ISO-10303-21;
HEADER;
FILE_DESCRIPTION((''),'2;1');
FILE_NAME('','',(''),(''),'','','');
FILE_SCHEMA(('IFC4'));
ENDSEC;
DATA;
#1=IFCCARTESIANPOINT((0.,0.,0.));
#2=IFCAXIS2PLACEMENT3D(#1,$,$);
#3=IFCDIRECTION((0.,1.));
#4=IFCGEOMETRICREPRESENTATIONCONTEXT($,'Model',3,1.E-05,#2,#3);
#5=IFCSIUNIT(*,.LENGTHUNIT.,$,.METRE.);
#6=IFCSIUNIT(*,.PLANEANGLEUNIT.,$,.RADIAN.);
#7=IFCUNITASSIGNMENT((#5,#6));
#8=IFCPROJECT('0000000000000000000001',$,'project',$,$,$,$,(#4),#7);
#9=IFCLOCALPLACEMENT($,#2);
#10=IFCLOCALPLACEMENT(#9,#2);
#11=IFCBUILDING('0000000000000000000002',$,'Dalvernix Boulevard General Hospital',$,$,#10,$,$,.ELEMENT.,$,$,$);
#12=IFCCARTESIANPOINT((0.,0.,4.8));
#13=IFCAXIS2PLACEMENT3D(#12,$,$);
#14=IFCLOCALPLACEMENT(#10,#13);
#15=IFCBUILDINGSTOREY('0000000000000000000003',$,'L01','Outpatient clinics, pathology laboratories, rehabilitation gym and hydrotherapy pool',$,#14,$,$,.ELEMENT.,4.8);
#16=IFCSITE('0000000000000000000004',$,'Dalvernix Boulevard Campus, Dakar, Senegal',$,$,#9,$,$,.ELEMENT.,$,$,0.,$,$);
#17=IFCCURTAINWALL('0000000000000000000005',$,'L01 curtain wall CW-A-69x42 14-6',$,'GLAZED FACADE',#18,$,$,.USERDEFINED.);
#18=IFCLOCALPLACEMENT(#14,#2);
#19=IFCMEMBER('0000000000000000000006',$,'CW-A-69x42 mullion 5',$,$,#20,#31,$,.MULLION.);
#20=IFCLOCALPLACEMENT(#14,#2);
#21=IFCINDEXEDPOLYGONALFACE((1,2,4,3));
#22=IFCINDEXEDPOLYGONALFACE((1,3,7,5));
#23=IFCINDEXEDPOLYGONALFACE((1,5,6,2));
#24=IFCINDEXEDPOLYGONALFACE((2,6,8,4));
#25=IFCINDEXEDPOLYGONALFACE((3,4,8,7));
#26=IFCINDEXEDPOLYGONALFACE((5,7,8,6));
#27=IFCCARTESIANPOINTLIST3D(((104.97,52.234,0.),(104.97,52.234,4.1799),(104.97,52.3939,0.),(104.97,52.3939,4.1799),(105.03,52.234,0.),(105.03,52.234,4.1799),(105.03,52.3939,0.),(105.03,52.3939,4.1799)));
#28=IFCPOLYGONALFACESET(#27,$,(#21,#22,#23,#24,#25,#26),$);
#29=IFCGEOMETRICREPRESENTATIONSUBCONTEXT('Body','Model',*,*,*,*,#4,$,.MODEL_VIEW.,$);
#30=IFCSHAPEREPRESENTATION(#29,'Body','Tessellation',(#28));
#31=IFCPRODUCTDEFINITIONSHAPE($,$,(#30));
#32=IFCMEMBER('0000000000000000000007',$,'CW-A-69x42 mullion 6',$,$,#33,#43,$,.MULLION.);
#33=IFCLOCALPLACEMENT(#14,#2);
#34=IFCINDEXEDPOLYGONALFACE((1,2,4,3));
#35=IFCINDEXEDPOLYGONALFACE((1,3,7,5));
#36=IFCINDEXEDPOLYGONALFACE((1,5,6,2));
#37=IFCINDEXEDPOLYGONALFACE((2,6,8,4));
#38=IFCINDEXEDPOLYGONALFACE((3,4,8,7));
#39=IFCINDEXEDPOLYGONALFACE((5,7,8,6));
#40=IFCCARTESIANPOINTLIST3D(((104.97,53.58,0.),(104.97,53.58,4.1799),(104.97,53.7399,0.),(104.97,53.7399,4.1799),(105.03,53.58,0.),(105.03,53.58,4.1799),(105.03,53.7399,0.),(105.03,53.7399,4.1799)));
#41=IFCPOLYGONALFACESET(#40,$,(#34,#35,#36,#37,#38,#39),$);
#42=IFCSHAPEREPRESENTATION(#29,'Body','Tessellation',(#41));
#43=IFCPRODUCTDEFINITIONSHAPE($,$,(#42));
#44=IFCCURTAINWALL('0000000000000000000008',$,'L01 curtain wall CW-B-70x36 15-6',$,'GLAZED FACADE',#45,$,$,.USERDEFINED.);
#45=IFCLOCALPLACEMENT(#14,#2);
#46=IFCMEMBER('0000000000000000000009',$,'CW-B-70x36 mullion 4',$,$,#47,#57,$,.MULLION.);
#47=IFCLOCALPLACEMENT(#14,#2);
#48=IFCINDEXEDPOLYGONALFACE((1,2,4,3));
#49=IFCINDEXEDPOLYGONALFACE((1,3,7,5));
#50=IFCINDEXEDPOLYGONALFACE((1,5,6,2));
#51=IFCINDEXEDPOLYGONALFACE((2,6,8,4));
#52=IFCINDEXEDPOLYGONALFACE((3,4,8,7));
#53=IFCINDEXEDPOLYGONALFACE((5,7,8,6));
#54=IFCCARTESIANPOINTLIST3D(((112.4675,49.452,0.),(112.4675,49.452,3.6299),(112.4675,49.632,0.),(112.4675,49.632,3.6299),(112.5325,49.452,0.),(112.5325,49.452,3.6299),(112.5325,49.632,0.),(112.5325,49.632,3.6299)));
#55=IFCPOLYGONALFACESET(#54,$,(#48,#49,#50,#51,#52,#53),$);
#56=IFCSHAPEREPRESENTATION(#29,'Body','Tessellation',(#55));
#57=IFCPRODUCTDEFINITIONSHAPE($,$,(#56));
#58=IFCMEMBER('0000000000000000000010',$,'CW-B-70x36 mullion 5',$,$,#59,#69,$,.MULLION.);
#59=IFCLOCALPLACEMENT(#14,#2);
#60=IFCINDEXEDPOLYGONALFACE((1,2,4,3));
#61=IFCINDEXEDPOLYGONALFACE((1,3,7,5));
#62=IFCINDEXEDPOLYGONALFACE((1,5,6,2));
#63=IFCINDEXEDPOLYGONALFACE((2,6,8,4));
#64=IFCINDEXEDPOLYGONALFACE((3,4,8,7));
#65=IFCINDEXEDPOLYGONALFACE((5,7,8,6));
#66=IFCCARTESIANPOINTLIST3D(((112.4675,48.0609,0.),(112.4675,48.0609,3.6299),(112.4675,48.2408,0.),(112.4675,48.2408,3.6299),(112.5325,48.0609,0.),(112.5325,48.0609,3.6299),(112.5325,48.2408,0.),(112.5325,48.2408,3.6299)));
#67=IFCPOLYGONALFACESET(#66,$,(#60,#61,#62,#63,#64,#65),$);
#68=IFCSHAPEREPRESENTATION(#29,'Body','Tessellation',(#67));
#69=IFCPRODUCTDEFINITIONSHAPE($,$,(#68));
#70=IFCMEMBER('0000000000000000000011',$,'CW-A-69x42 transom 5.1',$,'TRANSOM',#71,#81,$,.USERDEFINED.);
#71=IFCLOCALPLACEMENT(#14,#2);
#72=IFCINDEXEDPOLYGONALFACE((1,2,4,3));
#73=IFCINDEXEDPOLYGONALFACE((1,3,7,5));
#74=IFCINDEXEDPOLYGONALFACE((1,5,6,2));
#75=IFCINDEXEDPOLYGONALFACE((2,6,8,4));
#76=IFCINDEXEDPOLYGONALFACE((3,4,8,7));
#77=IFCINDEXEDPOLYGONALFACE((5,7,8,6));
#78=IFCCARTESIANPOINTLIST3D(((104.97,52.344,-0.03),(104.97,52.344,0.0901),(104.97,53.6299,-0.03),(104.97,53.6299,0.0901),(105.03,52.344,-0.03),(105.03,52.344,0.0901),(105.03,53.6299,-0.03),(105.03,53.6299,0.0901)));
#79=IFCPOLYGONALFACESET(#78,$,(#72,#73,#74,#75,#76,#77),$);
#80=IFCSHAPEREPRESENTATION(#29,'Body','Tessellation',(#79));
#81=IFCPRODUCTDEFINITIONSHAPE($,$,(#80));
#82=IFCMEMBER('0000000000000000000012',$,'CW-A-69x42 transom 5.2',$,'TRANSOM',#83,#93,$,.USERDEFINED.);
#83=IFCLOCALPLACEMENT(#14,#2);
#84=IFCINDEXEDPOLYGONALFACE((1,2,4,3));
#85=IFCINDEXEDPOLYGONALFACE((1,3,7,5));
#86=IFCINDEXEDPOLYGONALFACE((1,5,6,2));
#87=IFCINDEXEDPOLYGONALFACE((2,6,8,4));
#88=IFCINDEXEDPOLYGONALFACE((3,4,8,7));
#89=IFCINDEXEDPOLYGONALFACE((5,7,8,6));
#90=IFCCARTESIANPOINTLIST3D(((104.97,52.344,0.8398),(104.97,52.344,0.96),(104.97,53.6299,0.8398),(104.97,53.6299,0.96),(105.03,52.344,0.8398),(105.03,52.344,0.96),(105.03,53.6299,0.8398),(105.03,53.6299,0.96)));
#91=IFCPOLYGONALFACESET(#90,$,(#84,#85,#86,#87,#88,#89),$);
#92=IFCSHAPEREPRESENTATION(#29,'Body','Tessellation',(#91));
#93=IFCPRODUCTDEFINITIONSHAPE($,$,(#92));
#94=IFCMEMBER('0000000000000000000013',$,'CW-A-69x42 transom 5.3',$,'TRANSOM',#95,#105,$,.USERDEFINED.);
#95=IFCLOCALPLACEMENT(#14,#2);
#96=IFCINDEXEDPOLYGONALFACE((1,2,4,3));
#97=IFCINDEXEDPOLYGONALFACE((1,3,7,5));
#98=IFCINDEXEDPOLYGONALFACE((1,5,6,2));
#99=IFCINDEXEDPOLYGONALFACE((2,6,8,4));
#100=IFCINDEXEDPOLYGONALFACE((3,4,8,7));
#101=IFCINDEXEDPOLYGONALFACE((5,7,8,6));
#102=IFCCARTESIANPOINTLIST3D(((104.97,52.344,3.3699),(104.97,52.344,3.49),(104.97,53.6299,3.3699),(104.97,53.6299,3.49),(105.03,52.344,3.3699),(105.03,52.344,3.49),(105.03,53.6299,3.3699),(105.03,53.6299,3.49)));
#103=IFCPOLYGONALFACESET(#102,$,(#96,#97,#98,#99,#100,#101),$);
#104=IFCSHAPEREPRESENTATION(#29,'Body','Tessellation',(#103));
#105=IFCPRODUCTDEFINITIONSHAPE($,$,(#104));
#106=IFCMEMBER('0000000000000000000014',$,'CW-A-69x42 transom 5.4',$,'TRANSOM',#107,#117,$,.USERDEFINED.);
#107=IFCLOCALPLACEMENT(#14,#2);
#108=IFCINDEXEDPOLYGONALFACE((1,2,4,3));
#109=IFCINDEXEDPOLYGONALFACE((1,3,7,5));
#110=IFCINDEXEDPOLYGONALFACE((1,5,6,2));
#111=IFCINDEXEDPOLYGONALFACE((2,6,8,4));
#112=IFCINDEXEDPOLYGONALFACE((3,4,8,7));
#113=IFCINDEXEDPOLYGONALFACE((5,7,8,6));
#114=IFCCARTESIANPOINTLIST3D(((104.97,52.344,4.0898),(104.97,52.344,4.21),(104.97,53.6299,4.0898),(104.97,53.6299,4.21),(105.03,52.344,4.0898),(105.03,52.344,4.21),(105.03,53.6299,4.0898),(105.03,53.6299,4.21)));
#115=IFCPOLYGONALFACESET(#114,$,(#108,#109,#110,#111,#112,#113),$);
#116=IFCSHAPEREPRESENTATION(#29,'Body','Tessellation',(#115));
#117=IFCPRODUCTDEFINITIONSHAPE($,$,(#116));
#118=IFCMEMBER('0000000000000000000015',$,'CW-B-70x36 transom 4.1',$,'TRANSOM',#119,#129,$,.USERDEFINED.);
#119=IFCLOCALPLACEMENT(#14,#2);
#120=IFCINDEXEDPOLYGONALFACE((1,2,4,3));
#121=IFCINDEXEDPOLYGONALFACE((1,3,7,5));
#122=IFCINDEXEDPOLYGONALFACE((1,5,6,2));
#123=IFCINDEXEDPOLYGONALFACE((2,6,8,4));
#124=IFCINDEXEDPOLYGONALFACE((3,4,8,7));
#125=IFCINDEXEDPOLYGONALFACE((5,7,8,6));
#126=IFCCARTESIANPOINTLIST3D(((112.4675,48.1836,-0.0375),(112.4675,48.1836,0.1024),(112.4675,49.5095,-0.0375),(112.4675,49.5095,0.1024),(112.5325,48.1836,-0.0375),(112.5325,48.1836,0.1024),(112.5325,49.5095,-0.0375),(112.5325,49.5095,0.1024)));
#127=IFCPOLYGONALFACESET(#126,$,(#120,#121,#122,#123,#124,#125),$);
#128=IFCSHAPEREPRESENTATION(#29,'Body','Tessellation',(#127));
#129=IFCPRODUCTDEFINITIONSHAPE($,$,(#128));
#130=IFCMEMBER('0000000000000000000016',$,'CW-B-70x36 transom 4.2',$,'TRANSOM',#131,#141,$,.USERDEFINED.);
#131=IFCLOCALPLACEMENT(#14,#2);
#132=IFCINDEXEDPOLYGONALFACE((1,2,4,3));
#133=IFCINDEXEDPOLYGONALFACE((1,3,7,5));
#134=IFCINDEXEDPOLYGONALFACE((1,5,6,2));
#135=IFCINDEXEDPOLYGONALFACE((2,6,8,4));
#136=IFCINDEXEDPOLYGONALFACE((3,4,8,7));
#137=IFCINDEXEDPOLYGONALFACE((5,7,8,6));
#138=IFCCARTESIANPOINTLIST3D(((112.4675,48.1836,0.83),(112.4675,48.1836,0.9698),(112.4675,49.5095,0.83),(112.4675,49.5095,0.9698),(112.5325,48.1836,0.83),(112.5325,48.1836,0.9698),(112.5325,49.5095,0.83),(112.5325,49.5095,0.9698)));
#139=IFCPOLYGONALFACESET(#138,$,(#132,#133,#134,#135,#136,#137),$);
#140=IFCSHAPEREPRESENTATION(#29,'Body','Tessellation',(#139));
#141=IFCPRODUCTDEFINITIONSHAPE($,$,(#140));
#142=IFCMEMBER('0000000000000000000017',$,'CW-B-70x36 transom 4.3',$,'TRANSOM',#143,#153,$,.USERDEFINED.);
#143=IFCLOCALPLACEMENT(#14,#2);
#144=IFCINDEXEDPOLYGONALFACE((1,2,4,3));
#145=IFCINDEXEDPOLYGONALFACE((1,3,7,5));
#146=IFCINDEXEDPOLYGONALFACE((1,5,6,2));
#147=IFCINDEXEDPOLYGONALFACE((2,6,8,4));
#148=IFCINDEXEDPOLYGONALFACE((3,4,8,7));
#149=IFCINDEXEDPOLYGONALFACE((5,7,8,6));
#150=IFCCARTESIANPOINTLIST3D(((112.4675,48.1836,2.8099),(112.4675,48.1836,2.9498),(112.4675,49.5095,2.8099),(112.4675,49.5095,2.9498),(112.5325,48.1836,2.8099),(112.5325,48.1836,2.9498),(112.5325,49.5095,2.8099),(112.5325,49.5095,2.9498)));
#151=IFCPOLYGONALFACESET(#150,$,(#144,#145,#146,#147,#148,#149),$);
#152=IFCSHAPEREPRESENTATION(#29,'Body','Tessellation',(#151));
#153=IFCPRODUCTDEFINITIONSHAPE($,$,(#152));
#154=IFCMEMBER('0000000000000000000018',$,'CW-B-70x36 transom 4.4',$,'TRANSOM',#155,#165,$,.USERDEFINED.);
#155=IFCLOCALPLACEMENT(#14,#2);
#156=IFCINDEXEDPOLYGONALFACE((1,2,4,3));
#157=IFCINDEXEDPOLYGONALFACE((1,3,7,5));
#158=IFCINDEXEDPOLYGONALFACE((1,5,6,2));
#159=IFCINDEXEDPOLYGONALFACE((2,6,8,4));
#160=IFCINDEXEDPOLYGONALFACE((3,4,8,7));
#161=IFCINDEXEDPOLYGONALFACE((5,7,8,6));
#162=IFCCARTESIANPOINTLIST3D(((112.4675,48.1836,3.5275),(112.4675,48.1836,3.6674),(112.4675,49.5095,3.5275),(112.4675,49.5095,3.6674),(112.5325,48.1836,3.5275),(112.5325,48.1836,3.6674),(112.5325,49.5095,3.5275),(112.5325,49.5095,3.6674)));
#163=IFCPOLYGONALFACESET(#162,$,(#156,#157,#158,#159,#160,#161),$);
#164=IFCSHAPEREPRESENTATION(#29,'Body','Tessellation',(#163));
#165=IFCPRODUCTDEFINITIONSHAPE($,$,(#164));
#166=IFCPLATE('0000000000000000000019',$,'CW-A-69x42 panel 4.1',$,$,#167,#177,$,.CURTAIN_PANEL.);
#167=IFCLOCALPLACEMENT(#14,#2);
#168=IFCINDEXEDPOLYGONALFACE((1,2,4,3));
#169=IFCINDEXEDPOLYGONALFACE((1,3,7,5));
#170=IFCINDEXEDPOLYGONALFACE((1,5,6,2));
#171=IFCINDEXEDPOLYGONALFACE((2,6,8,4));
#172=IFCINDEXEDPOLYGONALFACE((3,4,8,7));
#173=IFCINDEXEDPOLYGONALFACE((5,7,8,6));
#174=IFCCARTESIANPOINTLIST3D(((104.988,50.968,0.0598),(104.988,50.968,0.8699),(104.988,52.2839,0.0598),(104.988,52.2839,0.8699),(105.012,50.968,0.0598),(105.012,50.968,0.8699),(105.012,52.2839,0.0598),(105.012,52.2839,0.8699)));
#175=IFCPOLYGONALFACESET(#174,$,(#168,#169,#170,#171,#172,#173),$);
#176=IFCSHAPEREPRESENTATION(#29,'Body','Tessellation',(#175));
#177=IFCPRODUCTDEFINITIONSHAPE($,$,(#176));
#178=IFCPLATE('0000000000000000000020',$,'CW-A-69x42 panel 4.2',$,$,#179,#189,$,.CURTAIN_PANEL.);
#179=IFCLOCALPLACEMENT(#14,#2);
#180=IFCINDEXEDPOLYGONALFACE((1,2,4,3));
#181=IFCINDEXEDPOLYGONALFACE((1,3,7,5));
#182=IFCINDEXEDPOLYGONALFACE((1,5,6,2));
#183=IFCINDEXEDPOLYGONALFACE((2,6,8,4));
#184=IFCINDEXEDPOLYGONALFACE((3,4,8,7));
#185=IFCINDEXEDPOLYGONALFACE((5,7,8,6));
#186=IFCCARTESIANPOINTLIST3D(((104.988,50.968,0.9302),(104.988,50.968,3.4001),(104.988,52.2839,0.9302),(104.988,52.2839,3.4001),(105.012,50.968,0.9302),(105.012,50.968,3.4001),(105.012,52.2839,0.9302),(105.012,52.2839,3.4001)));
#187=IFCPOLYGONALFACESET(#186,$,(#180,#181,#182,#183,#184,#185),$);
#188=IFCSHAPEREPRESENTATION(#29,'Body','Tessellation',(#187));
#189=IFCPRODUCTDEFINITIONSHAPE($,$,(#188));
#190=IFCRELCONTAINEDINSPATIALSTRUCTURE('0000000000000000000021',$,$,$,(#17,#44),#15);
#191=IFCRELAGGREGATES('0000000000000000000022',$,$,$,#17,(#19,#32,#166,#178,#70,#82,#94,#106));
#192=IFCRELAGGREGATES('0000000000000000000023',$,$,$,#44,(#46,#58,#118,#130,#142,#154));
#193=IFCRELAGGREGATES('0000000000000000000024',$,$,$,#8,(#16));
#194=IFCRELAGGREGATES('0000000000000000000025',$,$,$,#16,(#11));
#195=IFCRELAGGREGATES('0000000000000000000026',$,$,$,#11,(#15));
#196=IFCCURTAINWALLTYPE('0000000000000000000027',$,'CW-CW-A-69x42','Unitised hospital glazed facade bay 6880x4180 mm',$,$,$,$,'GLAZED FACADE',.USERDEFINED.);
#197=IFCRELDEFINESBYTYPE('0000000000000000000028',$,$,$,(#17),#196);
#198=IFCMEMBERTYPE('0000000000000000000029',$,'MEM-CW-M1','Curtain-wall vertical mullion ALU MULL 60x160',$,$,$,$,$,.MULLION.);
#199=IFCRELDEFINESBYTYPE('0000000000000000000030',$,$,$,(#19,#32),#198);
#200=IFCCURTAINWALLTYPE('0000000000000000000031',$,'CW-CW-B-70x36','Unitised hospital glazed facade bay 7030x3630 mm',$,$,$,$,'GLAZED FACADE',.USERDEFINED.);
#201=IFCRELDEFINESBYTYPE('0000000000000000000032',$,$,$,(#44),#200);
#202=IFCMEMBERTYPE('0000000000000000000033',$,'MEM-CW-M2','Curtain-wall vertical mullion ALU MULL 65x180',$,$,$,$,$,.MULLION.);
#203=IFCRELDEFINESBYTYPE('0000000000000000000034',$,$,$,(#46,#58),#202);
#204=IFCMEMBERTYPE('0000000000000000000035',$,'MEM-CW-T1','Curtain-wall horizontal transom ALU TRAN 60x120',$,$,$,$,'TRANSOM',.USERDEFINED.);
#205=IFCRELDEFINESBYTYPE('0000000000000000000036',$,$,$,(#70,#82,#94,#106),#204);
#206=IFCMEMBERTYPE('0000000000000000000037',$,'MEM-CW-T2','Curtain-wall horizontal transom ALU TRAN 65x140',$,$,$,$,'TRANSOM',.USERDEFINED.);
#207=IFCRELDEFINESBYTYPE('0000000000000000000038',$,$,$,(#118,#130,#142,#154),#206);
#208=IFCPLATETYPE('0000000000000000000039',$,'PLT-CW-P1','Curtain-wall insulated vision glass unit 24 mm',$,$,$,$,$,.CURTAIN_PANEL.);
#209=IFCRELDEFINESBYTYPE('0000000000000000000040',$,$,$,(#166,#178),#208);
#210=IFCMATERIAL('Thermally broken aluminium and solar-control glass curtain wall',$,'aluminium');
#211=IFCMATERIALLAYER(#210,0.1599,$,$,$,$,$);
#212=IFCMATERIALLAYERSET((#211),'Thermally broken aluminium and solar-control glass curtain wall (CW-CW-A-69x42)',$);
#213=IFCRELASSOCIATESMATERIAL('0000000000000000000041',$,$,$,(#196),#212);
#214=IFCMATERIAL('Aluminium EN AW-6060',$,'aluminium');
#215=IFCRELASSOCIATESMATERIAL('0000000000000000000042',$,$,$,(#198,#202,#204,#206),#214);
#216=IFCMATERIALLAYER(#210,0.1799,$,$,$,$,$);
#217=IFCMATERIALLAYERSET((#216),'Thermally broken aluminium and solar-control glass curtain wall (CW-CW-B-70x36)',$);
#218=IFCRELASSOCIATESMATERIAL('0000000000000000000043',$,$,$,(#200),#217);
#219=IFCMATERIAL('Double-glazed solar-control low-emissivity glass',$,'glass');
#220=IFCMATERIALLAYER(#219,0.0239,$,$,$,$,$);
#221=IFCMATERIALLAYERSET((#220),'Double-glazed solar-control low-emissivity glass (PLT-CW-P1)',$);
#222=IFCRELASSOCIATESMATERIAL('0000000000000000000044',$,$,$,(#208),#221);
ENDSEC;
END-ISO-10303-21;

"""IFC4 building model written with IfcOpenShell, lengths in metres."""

from ifc_helpers import new_model, si_unit, direction, frame, origin, origin_2d, place, context, subcontext, project, spatial, rectangle, extrude, material, layer, layer_set, material_profile, profile_set, type_object, element, aggregate, save


model = new_model("IFC4")

# Units and contexts
model_context = context("Model", 3, precision=1e-05, world=origin(), true_north=direction((0.0, 1.0)))
body_context = subcontext(model_context, "Body", "Model", "MODEL_VIEW")
ifc_project = project(units=[si_unit("LENGTHUNIT", "METRE"), si_unit("PLANEANGLEUNIT", "RADIAN")], contexts=[model_context])

# Site, building, storey
site_placement = place(None, origin())
site = spatial("IfcSite", under=ifc_project, at=site_placement, Name="Dalvernix Boulevard Campus, Dakar, Senegal", CompositionType="ELEMENT", RefElevation=0.0)
building_placement = place(site_placement, origin())
building = spatial("IfcBuilding", under=site, at=building_placement, Name="Dalvernix Boulevard General Hospital", CompositionType="ELEMENT")
storey_placement = place(building_placement, frame((0.0, 0.0, 4.8)))
storey = spatial("IfcBuildingStorey", under=building, at=storey_placement, Name="L01", Description="Outpatient clinics, pathology laboratories, rehabilitation gym and hydrotherapy pool", CompositionType="ELEMENT", Elevation=4.8)

# Curtain walls, members
ifc_material_1 = material(Name="Thermally broken aluminium and solar-control glass curtain wall", Category="aluminium")
ifc_layer_1 = layer(ifc_material_1, 0.1599)
ifc_layer_set_1 = layer_set([ifc_layer_1], Name="Thermally broken aluminium and solar-control glass curtain wall (CW-CW-A-69x42)")
curtain_wall_type_1 = type_object("IfcCurtainWallType", Name="CW-CW-A-69x42", Description="Unitised hospital glazed facade bay 6880x4180 mm", ElementType="GLAZED FACADE", PredefinedType="USERDEFINED", material=ifc_layer_set_1)
curtain_wall_1_placement = place(storey_placement, origin())
curtain_wall_1 = element("IfcCurtainWall", 1, at=curtain_wall_1_placement, inside=storey, type_object=curtain_wall_type_1, Name="L01 curtain wall CW-A-69x42 14-6", ObjectType="GLAZED FACADE", PredefinedType="USERDEFINED")
ifc_material_2 = material(Name="Aluminium EN AW-6060", Category="aluminium")
ifc_material_profile_1 = material_profile(ifc_material_2, rectangle(XDim=0.0601, YDim=0.1599, at=origin_2d()), Name="ALU MULL 60x160")
ifc_profile_set_1 = profile_set([ifc_material_profile_1], Name="Aluminium EN AW-6060")
member_type_1 = type_object("IfcMemberType", Name="MEM-CW-M1", Description="Curtain-wall vertical mullion ALU MULL 60x160", PredefinedType="MULLION", material=ifc_profile_set_1)
member_1_placement = place(storey_placement, frame((105.0, 52.314, 0.0), z_axis=(0.0, 0.0, 1.0), x_axis=(-1.0, 0.0, 0.0)))
member_1 = element("IfcMember", 2, at=member_1_placement, type_object=member_type_1, Name="CW-A-69x42 mullion 5", PredefinedType="MULLION", context=body_context, shape_type="SweptSolid", body=[
    extrude(rectangle(XDim=0.0601, YDim=0.1599, at=origin_2d()), origin(), (0.0, 0.0, 1.0), 4.1799),
])
member_2_placement = place(storey_placement, frame((105.0, 53.6599, 0.0), z_axis=(0.0, 0.0, 1.0), x_axis=(-1.0, 0.0, 0.0)))
member_2 = element("IfcMember", 3, at=member_2_placement, type_object=member_type_1, Name="CW-A-69x42 mullion 6", PredefinedType="MULLION", context=body_context, shape_type="SweptSolid", body=[
    extrude(rectangle(XDim=0.0601, YDim=0.1599, at=origin_2d()), origin(), (0.0, 0.0, 1.0), 4.1799),
])
ifc_layer_2 = layer(ifc_material_1, 0.1799)
ifc_layer_set_2 = layer_set([ifc_layer_2], Name="Thermally broken aluminium and solar-control glass curtain wall (CW-CW-B-70x36)")
curtain_wall_type_2 = type_object("IfcCurtainWallType", Name="CW-CW-B-70x36", Description="Unitised hospital glazed facade bay 7030x3630 mm", ElementType="GLAZED FACADE", PredefinedType="USERDEFINED", material=ifc_layer_set_2)
curtain_wall_2_placement = place(storey_placement, origin())
curtain_wall_2 = element("IfcCurtainWall", 4, at=curtain_wall_2_placement, inside=storey, type_object=curtain_wall_type_2, Name="L01 curtain wall CW-B-70x36 15-6", ObjectType="GLAZED FACADE", PredefinedType="USERDEFINED")
ifc_material_profile_2 = material_profile(ifc_material_2, rectangle(XDim=0.0649, YDim=0.1799, at=origin_2d()), Name="ALU MULL 65x180")
ifc_profile_set_2 = profile_set([ifc_material_profile_2], Name="Aluminium EN AW-6060")
member_type_2 = type_object("IfcMemberType", Name="MEM-CW-M2", Description="Curtain-wall vertical mullion ALU MULL 65x180", PredefinedType="MULLION", material=ifc_profile_set_2)
member_3_placement = place(storey_placement, frame((112.5, 49.542, 0.0), z_axis=(0.0, 0.0, 1.0), x_axis=(1.0, 0.0, 0.0)))
member_3 = element("IfcMember", 5, at=member_3_placement, type_object=member_type_2, Name="CW-B-70x36 mullion 4", PredefinedType="MULLION", context=body_context, shape_type="SweptSolid", body=[
    extrude(rectangle(XDim=0.0649, YDim=0.1799, at=origin_2d()), origin(), (0.0, 0.0, 1.0), 3.6299),
])
member_4_placement = place(storey_placement, frame((112.5, 48.1509, 0.0), z_axis=(0.0, 0.0, 1.0), x_axis=(1.0, 0.0, 0.0)))
member_4 = element("IfcMember", 6, at=member_4_placement, type_object=member_type_2, Name="CW-B-70x36 mullion 5", PredefinedType="MULLION", context=body_context, shape_type="SweptSolid", body=[
    extrude(rectangle(XDim=0.0649, YDim=0.1799, at=origin_2d()), origin(), (0.0, 0.0, 1.0), 3.6299),
])

# Members
ifc_material_profile_3 = material_profile(ifc_material_2, rectangle(XDim=0.0601, YDim=0.1201, at=origin_2d()), Name="ALU TRAN 60x120")
ifc_profile_set_3 = profile_set([ifc_material_profile_3], Name="Aluminium EN AW-6060")
member_type_3 = type_object("IfcMemberType", Name="MEM-CW-T1", Description="Curtain-wall horizontal transom ALU TRAN 60x120", ElementType="TRANSOM", PredefinedType="USERDEFINED", material=ifc_profile_set_3)
member_5_placement = place(storey_placement, frame((105.0, 52.344, 0.03), z_axis=(0.0, 1.0, 0.0), x_axis=(-1.0, 0.0, 0.0)))
member_5 = element("IfcMember", 7, at=member_5_placement, type_object=member_type_3, Name="CW-A-69x42 transom 5.1", ObjectType="TRANSOM", PredefinedType="USERDEFINED", context=body_context, shape_type="SweptSolid", body=[
    extrude(rectangle(XDim=0.0601, YDim=0.1201, at=origin_2d()), origin(), (0.0, 0.0, 1.0), 1.2859),
])
member_6_placement = place(storey_placement, frame((105.0, 52.344, 0.8999), z_axis=(0.0, 1.0, 0.0), x_axis=(-1.0, 0.0, 0.0)))
member_6 = element("IfcMember", 8, at=member_6_placement, type_object=member_type_3, Name="CW-A-69x42 transom 5.2", ObjectType="TRANSOM", PredefinedType="USERDEFINED", context=body_context, shape_type="SweptSolid", body=[
    extrude(rectangle(XDim=0.0601, YDim=0.1201, at=origin_2d()), origin(), (0.0, 0.0, 1.0), 1.2859),
])
member_7_placement = place(storey_placement, frame((105.0, 52.344, 3.4299), z_axis=(0.0, 1.0, 0.0), x_axis=(-1.0, 0.0, 0.0)))
member_7 = element("IfcMember", 9, at=member_7_placement, type_object=member_type_3, Name="CW-A-69x42 transom 5.3", ObjectType="TRANSOM", PredefinedType="USERDEFINED", context=body_context, shape_type="SweptSolid", body=[
    extrude(rectangle(XDim=0.0601, YDim=0.1201, at=origin_2d()), origin(), (0.0, 0.0, 1.0), 1.2859),
])
member_8_placement = place(storey_placement, frame((105.0, 52.344, 4.1499), z_axis=(0.0, 1.0, 0.0), x_axis=(-1.0, 0.0, 0.0)))
member_8 = element("IfcMember", 10, at=member_8_placement, type_object=member_type_3, Name="CW-A-69x42 transom 5.4", ObjectType="TRANSOM", PredefinedType="USERDEFINED", context=body_context, shape_type="SweptSolid", body=[
    extrude(rectangle(XDim=0.0601, YDim=0.1201, at=origin_2d()), origin(), (0.0, 0.0, 1.0), 1.2859),
])
ifc_material_profile_4 = material_profile(ifc_material_2, rectangle(XDim=0.0649, YDim=0.1399, at=origin_2d()), Name="ALU TRAN 65x140")
ifc_profile_set_4 = profile_set([ifc_material_profile_4], Name="Aluminium EN AW-6060")
member_type_4 = type_object("IfcMemberType", Name="MEM-CW-T2", Description="Curtain-wall horizontal transom ALU TRAN 65x140", ElementType="TRANSOM", PredefinedType="USERDEFINED", material=ifc_profile_set_4)
member_9_placement = place(storey_placement, frame((112.5, 49.5095, 0.0325), z_axis=(0.0, -1.0, 0.0), x_axis=(1.0, 0.0, 0.0)))
member_9 = element("IfcMember", 11, at=member_9_placement, type_object=member_type_4, Name="CW-B-70x36 transom 4.1", ObjectType="TRANSOM", PredefinedType="USERDEFINED", context=body_context, shape_type="SweptSolid", body=[
    extrude(rectangle(XDim=0.0649, YDim=0.1399, at=origin_2d()), origin(), (0.0, 0.0, 1.0), 1.3259),
])
member_10_placement = place(storey_placement, frame((112.5, 49.5095, 0.8999), z_axis=(0.0, -1.0, 0.0), x_axis=(1.0, 0.0, 0.0)))
member_10 = element("IfcMember", 12, at=member_10_placement, type_object=member_type_4, Name="CW-B-70x36 transom 4.2", ObjectType="TRANSOM", PredefinedType="USERDEFINED", context=body_context, shape_type="SweptSolid", body=[
    extrude(rectangle(XDim=0.0649, YDim=0.1399, at=origin_2d()), origin(), (0.0, 0.0, 1.0), 1.3259),
])
member_11_placement = place(storey_placement, frame((112.5, 49.5095, 2.8799), z_axis=(0.0, -1.0, 0.0), x_axis=(1.0, 0.0, 0.0)))
member_11 = element("IfcMember", 13, at=member_11_placement, type_object=member_type_4, Name="CW-B-70x36 transom 4.3", ObjectType="TRANSOM", PredefinedType="USERDEFINED", context=body_context, shape_type="SweptSolid", body=[
    extrude(rectangle(XDim=0.0649, YDim=0.1399, at=origin_2d()), origin(), (0.0, 0.0, 1.0), 1.3259),
])
member_12_placement = place(storey_placement, frame((112.5, 49.5095, 3.5974), z_axis=(0.0, -1.0, 0.0), x_axis=(1.0, 0.0, 0.0)))
member_12 = element("IfcMember", 14, at=member_12_placement, type_object=member_type_4, Name="CW-B-70x36 transom 4.4", ObjectType="TRANSOM", PredefinedType="USERDEFINED", context=body_context, shape_type="SweptSolid", body=[
    extrude(rectangle(XDim=0.0649, YDim=0.1399, at=origin_2d()), origin(), (0.0, 0.0, 1.0), 1.3259),
])

# Plates
ifc_material_3 = material(Name="Double-glazed solar-control low-emissivity glass", Category="glass")
ifc_layer_3 = layer(ifc_material_3, 0.0239)
ifc_layer_set_3 = layer_set([ifc_layer_3], Name="Double-glazed solar-control low-emissivity glass (PLT-CW-P1)")
plate_type_1 = type_object("IfcPlateType", Name="PLT-CW-P1", Description="Curtain-wall insulated vision glass unit 24 mm", PredefinedType="CURTAIN_PANEL", material=ifc_layer_set_3)
plate_1_placement = place(storey_placement, frame((105.0, 51.626, 0.0598), z_axis=(0.0, 0.0, 1.0), x_axis=(0.0, 1.0, 0.0)))
plate_1 = element("IfcPlate", 15, at=plate_1_placement, type_object=plate_type_1, Name="CW-A-69x42 panel 4.1", PredefinedType="CURTAIN_PANEL", context=body_context, shape_type="SweptSolid", body=[
    extrude(rectangle(XDim=1.3159, YDim=0.0239, at=origin_2d()), origin(), (0.0, 0.0, 1.0), 0.8101),
])
plate_2_placement = place(storey_placement, frame((105.0, 51.626, 0.9302), z_axis=(0.0, 0.0, 1.0), x_axis=(0.0, 1.0, 0.0)))
plate_2 = element("IfcPlate", 16, at=plate_2_placement, type_object=plate_type_1, Name="CW-A-69x42 panel 4.2", PredefinedType="CURTAIN_PANEL", context=body_context, shape_type="SweptSolid", body=[
    extrude(rectangle(XDim=1.3159, YDim=0.0239, at=origin_2d()), origin(), (0.0, 0.0, 1.0), 2.47),
])
aggregate(curtain_wall_1, [member_1, member_2, plate_1, plate_2, member_5, member_6, member_7, member_8])
aggregate(curtain_wall_2, [member_3, member_4, member_9, member_10, member_11, member_12])

save(model, "model.ifc")
